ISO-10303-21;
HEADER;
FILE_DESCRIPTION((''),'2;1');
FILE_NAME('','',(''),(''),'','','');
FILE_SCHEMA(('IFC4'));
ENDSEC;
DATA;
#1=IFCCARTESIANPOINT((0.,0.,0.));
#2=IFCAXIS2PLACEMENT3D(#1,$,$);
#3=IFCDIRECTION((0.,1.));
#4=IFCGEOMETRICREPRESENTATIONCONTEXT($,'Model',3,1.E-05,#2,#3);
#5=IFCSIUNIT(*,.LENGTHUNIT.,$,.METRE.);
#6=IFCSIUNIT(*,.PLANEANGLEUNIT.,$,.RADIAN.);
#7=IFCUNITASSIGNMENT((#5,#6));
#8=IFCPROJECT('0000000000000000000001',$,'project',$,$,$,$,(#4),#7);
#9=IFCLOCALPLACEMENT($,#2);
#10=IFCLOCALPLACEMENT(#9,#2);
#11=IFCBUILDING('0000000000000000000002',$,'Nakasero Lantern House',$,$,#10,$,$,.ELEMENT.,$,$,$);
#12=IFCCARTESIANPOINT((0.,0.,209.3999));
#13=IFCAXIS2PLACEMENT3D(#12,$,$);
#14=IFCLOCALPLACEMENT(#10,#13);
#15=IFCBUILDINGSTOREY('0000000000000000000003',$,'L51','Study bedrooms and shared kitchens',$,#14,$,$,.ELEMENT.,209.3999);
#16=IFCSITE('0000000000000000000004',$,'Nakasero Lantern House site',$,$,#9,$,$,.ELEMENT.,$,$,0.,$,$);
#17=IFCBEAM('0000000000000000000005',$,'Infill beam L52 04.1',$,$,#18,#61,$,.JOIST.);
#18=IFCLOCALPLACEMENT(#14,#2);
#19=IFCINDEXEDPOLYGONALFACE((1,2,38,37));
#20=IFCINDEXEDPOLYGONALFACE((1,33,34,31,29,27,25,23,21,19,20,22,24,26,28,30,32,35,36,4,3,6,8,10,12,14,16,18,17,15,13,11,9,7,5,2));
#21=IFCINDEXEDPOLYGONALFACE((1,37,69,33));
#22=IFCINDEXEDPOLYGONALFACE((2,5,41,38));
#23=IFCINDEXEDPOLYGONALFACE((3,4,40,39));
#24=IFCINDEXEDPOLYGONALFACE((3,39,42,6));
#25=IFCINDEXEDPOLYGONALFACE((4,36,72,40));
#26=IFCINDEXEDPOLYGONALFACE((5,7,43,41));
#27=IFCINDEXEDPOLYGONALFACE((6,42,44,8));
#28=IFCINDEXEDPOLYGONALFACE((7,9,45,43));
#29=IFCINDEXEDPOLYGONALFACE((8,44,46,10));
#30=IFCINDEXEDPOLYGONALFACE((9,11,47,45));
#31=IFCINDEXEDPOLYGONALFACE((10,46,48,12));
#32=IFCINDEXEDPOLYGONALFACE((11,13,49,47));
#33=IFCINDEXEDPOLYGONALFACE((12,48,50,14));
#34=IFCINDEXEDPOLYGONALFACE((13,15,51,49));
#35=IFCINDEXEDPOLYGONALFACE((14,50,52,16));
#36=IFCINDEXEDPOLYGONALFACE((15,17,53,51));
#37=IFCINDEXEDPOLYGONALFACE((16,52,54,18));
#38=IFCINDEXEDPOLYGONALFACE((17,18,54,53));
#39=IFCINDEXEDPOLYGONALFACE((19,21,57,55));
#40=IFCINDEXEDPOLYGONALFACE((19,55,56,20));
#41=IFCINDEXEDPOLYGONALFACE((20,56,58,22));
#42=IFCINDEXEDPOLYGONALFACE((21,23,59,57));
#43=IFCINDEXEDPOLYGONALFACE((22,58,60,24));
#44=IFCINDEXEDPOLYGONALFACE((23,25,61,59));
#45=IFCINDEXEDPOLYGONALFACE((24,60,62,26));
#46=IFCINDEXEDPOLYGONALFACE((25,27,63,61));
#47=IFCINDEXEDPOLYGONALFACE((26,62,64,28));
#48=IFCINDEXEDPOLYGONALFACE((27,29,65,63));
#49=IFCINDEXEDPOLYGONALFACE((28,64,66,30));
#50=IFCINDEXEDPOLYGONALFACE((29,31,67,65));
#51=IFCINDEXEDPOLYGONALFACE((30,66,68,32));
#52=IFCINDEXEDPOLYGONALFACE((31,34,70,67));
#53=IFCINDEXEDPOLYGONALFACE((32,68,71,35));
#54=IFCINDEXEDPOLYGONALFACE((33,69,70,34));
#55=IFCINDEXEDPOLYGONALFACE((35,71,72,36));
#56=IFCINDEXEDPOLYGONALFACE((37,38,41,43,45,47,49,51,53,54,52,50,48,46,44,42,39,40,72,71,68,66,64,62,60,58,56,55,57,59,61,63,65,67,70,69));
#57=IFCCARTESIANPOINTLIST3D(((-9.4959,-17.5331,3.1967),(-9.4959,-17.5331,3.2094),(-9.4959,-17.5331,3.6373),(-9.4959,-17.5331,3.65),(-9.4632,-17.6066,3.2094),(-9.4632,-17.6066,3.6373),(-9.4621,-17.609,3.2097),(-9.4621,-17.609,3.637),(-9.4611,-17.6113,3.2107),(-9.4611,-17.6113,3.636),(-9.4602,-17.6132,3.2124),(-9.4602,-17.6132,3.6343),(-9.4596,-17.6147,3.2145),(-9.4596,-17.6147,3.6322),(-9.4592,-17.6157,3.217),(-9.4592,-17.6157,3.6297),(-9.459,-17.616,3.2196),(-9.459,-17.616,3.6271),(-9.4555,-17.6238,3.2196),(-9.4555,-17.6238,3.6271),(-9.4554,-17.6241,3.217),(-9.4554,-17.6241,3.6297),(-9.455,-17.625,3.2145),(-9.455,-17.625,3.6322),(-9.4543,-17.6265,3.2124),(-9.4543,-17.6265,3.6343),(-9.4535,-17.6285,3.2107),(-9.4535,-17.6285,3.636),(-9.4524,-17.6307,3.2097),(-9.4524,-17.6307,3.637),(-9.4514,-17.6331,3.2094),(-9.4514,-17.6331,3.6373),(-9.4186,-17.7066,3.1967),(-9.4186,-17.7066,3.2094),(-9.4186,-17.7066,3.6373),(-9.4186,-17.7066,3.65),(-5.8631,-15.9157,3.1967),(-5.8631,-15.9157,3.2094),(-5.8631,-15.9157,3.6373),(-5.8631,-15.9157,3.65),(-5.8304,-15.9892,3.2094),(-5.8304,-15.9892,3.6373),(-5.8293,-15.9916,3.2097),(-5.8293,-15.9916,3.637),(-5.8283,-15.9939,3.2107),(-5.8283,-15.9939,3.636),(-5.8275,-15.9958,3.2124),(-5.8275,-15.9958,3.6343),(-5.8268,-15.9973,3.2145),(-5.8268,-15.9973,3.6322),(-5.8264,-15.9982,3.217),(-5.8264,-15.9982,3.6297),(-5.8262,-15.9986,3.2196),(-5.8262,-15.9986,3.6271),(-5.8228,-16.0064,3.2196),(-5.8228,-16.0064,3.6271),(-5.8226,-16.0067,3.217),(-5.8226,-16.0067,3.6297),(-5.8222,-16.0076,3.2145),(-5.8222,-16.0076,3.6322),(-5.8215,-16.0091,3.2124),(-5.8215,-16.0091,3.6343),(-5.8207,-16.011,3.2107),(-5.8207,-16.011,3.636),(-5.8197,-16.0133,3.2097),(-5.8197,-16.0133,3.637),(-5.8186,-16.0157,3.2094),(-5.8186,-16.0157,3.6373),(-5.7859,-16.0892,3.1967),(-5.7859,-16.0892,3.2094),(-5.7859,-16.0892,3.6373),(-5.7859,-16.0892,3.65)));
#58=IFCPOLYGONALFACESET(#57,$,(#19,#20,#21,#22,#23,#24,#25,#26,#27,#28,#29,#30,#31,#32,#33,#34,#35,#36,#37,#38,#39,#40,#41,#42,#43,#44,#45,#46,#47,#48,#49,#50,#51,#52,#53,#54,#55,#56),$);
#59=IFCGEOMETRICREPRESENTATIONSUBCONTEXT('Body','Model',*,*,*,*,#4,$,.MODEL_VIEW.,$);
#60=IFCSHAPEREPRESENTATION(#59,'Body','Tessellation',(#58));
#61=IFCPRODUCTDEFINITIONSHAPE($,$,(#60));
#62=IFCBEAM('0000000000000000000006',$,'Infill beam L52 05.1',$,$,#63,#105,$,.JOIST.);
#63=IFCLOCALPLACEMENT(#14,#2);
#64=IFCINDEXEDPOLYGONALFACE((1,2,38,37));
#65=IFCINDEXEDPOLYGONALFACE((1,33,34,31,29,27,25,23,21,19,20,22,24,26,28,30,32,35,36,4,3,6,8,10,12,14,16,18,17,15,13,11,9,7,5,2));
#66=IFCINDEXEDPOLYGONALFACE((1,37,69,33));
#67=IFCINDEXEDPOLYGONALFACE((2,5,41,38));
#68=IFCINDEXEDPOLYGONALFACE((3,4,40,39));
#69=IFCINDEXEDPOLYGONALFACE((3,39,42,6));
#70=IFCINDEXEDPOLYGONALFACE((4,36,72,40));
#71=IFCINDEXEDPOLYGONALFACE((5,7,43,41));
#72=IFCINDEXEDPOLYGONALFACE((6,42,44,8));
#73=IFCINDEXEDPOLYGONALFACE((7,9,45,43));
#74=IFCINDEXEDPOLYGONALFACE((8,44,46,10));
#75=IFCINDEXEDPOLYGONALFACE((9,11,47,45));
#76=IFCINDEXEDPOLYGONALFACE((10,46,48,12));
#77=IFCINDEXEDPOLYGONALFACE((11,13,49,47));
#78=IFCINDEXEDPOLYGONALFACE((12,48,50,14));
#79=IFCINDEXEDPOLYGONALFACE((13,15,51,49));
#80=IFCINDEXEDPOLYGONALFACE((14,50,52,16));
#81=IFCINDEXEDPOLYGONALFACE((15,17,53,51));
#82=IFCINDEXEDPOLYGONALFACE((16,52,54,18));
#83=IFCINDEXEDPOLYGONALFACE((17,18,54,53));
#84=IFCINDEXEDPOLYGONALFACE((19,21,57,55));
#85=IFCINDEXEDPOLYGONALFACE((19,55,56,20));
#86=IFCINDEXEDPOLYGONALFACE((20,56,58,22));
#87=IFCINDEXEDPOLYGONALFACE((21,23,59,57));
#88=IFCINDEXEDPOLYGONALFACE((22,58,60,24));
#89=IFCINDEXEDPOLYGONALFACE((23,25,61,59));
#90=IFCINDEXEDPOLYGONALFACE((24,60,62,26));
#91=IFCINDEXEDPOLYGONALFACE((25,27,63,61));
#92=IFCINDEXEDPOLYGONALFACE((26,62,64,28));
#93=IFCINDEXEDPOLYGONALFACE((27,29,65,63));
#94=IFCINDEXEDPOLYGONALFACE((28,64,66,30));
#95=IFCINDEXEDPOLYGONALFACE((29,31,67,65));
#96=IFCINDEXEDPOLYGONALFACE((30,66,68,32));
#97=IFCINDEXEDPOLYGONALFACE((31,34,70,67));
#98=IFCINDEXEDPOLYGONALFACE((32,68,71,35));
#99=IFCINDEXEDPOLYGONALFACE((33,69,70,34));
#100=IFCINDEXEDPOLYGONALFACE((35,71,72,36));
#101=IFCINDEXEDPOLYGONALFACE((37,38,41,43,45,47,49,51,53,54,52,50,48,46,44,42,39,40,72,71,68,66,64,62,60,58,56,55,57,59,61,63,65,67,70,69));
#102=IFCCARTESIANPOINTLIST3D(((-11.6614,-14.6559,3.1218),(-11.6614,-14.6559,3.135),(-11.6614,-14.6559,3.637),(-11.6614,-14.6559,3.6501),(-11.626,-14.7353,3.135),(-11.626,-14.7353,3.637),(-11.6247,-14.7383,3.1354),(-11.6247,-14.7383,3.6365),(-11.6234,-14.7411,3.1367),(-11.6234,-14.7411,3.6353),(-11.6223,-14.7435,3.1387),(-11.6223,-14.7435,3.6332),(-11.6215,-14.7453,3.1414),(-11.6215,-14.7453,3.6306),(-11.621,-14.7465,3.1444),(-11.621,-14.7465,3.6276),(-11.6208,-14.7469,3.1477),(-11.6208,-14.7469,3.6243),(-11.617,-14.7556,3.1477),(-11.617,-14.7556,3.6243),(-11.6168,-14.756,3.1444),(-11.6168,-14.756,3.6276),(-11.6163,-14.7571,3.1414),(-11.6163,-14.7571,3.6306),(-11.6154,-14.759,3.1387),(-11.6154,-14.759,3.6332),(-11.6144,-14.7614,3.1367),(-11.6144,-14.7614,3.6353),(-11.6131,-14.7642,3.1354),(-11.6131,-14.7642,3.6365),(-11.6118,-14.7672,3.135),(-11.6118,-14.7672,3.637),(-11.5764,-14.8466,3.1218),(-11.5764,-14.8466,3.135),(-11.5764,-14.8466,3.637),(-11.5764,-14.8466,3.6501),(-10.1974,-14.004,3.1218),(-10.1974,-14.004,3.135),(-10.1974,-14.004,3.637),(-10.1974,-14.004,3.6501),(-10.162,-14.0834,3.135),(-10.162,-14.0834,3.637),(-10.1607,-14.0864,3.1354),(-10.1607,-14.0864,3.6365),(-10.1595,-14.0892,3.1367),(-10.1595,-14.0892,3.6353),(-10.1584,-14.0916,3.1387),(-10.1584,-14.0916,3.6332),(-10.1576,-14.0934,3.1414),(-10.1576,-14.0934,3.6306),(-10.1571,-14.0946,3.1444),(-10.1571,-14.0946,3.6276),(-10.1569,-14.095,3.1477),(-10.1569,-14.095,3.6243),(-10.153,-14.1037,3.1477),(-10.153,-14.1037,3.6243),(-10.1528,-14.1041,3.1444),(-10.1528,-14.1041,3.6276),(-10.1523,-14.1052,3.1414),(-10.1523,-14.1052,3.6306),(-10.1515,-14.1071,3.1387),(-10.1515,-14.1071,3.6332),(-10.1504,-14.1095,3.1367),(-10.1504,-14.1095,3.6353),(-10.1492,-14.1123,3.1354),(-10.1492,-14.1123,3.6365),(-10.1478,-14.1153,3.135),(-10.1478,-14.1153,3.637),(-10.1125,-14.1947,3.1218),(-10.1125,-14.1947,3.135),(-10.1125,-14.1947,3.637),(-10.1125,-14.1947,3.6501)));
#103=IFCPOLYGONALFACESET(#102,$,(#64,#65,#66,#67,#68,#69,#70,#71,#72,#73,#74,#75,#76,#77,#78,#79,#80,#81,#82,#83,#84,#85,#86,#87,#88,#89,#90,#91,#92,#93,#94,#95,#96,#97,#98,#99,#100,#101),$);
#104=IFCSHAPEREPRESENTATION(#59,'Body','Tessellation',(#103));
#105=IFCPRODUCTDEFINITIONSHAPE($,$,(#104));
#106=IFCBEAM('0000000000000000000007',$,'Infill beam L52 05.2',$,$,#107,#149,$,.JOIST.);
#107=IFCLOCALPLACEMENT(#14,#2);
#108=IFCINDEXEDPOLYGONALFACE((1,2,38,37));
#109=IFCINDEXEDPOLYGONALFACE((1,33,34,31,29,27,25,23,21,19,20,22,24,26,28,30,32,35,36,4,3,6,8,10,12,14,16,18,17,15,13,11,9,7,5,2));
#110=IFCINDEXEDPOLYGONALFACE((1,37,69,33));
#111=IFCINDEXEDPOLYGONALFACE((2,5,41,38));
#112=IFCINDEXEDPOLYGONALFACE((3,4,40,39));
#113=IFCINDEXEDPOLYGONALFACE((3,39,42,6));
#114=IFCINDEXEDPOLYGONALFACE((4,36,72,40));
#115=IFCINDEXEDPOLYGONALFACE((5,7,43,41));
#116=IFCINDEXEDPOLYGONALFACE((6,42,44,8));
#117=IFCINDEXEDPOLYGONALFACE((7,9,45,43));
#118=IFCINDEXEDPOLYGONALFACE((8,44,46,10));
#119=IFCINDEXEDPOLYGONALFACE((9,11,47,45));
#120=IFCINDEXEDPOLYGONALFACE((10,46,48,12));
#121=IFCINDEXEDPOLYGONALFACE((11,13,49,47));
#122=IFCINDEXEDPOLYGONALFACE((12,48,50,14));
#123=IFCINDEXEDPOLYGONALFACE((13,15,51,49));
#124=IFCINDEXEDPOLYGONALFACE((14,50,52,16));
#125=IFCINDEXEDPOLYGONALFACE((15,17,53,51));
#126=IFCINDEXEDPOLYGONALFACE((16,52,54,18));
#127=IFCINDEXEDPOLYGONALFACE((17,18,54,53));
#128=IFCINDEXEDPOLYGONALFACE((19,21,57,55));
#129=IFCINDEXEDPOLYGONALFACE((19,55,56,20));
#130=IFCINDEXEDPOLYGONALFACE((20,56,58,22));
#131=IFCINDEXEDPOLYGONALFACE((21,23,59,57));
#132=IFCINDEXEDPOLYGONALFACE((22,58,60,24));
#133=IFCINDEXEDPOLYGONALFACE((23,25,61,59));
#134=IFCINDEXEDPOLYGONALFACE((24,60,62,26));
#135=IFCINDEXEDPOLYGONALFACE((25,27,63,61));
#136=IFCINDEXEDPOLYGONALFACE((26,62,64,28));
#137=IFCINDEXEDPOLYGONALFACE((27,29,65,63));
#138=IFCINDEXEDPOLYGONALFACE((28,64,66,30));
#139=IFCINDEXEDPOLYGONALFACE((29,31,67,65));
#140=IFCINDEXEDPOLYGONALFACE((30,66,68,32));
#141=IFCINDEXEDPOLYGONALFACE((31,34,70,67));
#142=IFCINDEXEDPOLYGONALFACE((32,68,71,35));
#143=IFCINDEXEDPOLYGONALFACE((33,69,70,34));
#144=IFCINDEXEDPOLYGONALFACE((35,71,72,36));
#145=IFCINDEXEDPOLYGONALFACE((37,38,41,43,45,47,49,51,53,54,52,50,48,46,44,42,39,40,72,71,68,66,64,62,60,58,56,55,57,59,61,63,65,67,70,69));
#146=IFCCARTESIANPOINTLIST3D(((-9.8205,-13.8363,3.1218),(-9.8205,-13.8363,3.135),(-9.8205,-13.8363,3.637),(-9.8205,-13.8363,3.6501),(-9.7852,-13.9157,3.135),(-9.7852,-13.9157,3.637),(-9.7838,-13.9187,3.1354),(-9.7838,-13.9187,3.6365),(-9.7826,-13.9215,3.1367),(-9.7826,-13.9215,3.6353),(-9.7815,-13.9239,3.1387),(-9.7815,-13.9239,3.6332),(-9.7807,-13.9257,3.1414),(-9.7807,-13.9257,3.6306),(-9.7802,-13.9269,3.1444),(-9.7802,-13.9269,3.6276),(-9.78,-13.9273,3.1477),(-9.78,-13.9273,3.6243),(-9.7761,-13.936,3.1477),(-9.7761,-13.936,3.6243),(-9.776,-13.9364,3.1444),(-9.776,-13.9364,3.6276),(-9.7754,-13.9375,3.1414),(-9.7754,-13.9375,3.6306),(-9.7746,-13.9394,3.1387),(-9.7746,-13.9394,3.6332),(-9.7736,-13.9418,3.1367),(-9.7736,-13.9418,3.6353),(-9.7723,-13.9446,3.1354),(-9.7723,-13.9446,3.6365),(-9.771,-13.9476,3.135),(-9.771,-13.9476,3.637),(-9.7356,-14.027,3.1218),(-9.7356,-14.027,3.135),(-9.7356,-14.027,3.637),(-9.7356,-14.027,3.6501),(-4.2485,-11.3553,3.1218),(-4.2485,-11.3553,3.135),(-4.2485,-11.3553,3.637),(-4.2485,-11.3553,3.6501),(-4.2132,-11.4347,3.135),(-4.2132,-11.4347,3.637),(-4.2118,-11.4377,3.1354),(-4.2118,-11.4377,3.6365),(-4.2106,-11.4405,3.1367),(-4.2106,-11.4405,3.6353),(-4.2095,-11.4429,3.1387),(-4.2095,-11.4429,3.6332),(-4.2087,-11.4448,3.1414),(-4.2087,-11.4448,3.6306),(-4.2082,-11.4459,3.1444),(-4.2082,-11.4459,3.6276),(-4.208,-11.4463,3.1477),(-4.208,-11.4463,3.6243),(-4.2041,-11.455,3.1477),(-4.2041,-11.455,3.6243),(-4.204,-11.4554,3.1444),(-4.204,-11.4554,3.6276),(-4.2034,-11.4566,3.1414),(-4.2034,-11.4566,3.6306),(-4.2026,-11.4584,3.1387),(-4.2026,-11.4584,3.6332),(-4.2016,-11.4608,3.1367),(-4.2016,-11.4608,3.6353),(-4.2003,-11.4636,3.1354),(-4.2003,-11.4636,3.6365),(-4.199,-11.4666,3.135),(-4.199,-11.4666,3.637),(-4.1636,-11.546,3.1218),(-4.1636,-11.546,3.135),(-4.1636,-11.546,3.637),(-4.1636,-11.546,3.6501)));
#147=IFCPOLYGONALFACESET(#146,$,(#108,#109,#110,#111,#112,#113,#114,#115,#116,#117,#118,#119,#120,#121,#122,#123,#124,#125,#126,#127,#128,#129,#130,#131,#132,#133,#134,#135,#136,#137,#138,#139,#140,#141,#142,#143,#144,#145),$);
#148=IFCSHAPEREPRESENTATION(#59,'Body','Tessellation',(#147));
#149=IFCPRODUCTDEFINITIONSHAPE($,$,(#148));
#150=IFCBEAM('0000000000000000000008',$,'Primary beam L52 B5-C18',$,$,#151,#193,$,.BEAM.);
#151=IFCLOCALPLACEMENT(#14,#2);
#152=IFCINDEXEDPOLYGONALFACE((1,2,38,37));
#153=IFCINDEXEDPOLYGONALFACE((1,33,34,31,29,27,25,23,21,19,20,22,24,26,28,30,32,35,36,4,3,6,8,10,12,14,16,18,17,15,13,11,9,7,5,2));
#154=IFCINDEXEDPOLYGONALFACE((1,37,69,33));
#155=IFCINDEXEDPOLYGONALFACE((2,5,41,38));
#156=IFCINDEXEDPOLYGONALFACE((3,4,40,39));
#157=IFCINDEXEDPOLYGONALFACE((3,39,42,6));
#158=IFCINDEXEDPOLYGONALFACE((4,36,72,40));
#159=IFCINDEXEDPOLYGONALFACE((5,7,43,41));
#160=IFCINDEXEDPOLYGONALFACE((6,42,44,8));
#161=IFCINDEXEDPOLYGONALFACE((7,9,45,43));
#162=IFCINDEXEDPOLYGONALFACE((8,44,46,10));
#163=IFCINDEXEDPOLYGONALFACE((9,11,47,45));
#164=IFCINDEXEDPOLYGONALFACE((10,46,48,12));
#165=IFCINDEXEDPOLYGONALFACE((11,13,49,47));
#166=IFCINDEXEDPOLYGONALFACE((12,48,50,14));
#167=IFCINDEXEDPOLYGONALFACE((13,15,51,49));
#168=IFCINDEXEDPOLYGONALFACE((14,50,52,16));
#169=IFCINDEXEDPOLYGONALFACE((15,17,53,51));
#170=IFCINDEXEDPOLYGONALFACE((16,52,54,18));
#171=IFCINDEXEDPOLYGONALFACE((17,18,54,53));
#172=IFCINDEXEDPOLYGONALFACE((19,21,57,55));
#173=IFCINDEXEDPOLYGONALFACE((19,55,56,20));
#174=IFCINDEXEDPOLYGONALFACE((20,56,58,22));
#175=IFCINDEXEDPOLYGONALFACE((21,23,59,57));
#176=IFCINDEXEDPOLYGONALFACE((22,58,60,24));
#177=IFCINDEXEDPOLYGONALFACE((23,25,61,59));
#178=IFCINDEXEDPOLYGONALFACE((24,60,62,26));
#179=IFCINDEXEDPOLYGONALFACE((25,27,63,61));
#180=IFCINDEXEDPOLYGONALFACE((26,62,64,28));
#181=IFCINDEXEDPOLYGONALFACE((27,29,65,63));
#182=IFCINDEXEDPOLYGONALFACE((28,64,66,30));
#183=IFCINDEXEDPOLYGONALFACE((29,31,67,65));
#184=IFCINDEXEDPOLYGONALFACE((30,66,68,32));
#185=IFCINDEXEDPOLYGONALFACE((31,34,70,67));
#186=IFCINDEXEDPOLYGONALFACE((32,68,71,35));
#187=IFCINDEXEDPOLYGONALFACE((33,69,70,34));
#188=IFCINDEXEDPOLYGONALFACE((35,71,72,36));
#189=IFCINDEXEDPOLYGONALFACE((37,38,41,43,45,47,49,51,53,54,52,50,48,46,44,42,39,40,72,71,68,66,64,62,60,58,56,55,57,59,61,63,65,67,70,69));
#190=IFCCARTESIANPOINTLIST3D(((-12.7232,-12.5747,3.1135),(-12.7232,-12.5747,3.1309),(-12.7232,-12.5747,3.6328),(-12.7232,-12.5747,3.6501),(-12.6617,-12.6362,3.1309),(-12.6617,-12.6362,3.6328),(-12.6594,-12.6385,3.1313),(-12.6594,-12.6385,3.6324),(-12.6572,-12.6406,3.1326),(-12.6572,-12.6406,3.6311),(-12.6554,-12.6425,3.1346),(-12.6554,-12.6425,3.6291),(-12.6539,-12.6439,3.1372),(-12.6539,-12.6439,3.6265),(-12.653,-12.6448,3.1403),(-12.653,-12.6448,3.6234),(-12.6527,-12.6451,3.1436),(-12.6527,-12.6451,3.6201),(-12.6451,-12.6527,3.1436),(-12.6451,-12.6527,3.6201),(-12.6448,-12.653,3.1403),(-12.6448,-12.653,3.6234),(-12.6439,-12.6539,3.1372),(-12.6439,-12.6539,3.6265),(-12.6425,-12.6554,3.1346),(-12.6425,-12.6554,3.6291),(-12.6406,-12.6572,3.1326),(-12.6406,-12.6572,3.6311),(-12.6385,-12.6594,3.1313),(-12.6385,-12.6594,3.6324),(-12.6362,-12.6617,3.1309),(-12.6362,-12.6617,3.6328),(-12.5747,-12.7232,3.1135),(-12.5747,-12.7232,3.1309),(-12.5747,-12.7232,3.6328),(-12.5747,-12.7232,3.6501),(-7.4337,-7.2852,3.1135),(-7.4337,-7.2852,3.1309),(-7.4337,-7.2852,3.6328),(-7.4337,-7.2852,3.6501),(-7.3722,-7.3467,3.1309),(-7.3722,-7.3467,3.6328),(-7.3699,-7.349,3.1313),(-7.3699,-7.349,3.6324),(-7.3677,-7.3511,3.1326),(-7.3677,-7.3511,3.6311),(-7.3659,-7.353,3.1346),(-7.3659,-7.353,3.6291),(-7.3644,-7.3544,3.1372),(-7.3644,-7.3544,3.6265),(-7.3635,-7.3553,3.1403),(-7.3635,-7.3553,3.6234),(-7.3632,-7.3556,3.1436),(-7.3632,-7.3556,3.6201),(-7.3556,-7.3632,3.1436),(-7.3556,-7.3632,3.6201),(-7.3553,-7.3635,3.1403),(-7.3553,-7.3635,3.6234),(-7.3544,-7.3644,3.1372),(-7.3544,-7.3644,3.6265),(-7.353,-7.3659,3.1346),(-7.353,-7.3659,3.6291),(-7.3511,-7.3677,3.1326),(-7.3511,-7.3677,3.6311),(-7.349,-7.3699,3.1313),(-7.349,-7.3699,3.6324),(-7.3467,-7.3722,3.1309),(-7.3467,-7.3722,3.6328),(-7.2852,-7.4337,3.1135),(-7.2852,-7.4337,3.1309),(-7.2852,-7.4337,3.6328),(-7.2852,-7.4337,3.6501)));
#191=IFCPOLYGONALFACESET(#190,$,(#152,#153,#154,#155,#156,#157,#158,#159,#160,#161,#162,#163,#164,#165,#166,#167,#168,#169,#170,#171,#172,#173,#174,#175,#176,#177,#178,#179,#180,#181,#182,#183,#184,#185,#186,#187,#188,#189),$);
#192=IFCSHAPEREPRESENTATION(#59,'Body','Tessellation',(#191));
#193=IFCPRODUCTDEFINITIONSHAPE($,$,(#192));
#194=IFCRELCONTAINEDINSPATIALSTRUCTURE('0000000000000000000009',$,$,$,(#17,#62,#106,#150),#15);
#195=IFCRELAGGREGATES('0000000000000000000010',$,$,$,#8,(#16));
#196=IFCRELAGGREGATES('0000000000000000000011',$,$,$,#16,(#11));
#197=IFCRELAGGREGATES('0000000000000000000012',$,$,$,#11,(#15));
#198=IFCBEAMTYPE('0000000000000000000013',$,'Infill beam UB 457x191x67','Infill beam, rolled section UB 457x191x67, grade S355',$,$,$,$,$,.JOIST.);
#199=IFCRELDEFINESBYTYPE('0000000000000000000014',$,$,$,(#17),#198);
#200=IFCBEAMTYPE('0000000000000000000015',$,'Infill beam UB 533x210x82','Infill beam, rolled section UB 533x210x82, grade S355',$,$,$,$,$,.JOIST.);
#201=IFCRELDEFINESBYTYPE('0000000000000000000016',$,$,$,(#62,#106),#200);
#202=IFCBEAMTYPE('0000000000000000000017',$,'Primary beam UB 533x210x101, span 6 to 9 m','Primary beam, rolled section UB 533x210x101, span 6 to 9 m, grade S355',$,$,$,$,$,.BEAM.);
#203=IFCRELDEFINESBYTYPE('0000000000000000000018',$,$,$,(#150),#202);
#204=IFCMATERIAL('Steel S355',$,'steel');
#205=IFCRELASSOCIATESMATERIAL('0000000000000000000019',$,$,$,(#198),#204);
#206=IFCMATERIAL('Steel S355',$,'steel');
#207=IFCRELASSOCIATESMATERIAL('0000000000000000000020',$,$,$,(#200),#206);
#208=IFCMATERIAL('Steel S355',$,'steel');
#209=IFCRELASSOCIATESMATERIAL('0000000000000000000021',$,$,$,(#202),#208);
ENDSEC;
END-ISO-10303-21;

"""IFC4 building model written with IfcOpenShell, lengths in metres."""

from ifc_helpers import new_model, si_unit, direction, frame, origin, origin_2d, place, context, subcontext, project, spatial, i_section, extrude, material, material_profile, profile_set, type_object, element, save


model = new_model("IFC4")

# Units and contexts
model_context = context("Model", 3, precision=1e-05, world=origin(), true_north=direction((0.0, 1.0)))
body_context = subcontext(model_context, "Body", "Model", "MODEL_VIEW")
ifc_project = project(units=[si_unit("LENGTHUNIT", "METRE"), si_unit("PLANEANGLEUNIT", "RADIAN")], contexts=[model_context])

# Site, building, storey
site_placement = place(None, origin())
site = spatial("IfcSite", under=ifc_project, at=site_placement, Name="Nakasero Lantern House site", CompositionType="ELEMENT", RefElevation=0.0)
building_placement = place(site_placement, origin())
building = spatial("IfcBuilding", under=site, at=building_placement, Name="Nakasero Lantern House", CompositionType="ELEMENT")
storey_placement = place(building_placement, frame((0.0, 0.0, 209.3999)))
storey = spatial("IfcBuildingStorey", under=building, at=storey_placement, Name="L51", Description="Study bedrooms and shared kitchens", CompositionType="ELEMENT", Elevation=209.3999)

# Beams
ifc_material_1 = material(Name="Steel S355", Category="steel")
ifc_material_profile_1 = material_profile(ifc_material_1, i_section(OverallWidth=0.1899, OverallDepth=0.4534, WebThickness=0.0085, FlangeThickness=0.0127, FilletRadius=0.0103, at=origin_2d()), Name="UB 457x191x67")
ifc_profile_set_1 = profile_set([ifc_material_profile_1], Name="Steel S355")
beam_type_1 = type_object("IfcBeamType", Name="Infill beam UB 457x191x67", Description="Infill beam, rolled section UB 457x191x67, grade S355", PredefinedType="JOIST", material=ifc_profile_set_1)
beam_1_placement = place(storey_placement, frame((-9.4573, -17.6199, 3.4233), z_axis=(0.913546, 0.406736, 0.0), x_axis=(-0.406736, 0.913546, 0.0)))
element("IfcBeam", 1, at=beam_1_placement, inside=storey, type_object=beam_type_1, Name="Infill beam L52 04.1", PredefinedType="JOIST", context=body_context, shape_type="SweptSolid", body=[
    extrude(i_section(OverallWidth=0.1899, OverallDepth=0.4534, WebThickness=0.0085, FlangeThickness=0.0127, FilletRadius=0.0103, at=origin_2d()), origin(), (0.0, 0.0, 1.0), 3.9766),
])
ifc_material_2 = material(Name="Steel S355", Category="steel")
ifc_material_profile_2 = material_profile(ifc_material_2, i_section(OverallWidth=0.2087, OverallDepth=0.5283, WebThickness=0.0095, FlangeThickness=0.0132, FilletRadius=0.0127, at=origin_2d()), Name="UB 533x210x82")
ifc_profile_set_2 = profile_set([ifc_material_profile_2], Name="Steel S355")
beam_type_2 = type_object("IfcBeamType", Name="Infill beam UB 533x210x82", Description="Infill beam, rolled section UB 533x210x82, grade S355", PredefinedType="JOIST", material=ifc_profile_set_2)
beam_2_placement = place(storey_placement, frame((-11.6189, -14.7512, 3.386), z_axis=(0.913522, 0.406789, 0.0), x_axis=(-0.406789, 0.913522, 0.0)))
element("IfcBeam", 2, at=beam_2_placement, inside=storey, type_object=beam_type_2, Name="Infill beam L52 05.1", PredefinedType="JOIST", context=body_context, shape_type="SweptSolid", body=[
    extrude(i_section(OverallWidth=0.2087, OverallDepth=0.5283, WebThickness=0.0095, FlangeThickness=0.0132, FilletRadius=0.0127, at=origin_2d()), origin(), (0.0, 0.0, 1.0), 1.6025),
])
beam_3_placement = place(storey_placement, frame((-9.7781, -13.9316, 3.386), z_axis=(0.913537, 0.406755, 0.0), x_axis=(-0.406755, 0.913537, 0.0)))
element("IfcBeam", 3, at=beam_3_placement, inside=storey, type_object=beam_type_2, Name="Infill beam L52 05.2", PredefinedType="JOIST", context=body_context, shape_type="SweptSolid", body=[
    extrude(i_section(OverallWidth=0.2087, OverallDepth=0.5283, WebThickness=0.0095, FlangeThickness=0.0132, FilletRadius=0.0127, at=origin_2d()), origin(), (0.0, 0.0, 1.0), 6.0994),
])
ifc_material_3 = material(Name="Steel S355", Category="steel")
ifc_material_profile_3 = material_profile(ifc_material_3, i_section(OverallWidth=0.21, OverallDepth=0.5366, WebThickness=0.0107, FlangeThickness=0.0173, FilletRadius=0.0127, at=origin_2d()), Name="UB 533x210x101")
ifc_profile_set_3 = profile_set([ifc_material_profile_3], Name="Steel S355")
beam_type_3 = type_object("IfcBeamType", Name="Primary beam UB 533x210x101, span 6 to 9 m", Description="Primary beam, rolled section UB 533x210x101, span 6 to 9 m, grade S355", PredefinedType="BEAM", material=ifc_profile_set_3)
beam_4_placement = place(storey_placement, frame((-12.6489, -12.6489, 3.3818), z_axis=(0.707107, 0.707107, 0.0), x_axis=(-0.707107, 0.707107, 0.0)))
element("IfcBeam", 4, at=beam_4_placement, inside=storey, type_object=beam_type_3, Name="Primary beam L52 B5-C18", PredefinedType="BEAM", context=body_context, shape_type="SweptSolid", body=[
    extrude(i_section(OverallWidth=0.21, OverallDepth=0.5366, WebThickness=0.0107, FlangeThickness=0.0173, FilletRadius=0.0127, at=origin_2d()), origin(), (0.0, 0.0, 1.0), 7.4805),
])

save(model, "model.ifc")
